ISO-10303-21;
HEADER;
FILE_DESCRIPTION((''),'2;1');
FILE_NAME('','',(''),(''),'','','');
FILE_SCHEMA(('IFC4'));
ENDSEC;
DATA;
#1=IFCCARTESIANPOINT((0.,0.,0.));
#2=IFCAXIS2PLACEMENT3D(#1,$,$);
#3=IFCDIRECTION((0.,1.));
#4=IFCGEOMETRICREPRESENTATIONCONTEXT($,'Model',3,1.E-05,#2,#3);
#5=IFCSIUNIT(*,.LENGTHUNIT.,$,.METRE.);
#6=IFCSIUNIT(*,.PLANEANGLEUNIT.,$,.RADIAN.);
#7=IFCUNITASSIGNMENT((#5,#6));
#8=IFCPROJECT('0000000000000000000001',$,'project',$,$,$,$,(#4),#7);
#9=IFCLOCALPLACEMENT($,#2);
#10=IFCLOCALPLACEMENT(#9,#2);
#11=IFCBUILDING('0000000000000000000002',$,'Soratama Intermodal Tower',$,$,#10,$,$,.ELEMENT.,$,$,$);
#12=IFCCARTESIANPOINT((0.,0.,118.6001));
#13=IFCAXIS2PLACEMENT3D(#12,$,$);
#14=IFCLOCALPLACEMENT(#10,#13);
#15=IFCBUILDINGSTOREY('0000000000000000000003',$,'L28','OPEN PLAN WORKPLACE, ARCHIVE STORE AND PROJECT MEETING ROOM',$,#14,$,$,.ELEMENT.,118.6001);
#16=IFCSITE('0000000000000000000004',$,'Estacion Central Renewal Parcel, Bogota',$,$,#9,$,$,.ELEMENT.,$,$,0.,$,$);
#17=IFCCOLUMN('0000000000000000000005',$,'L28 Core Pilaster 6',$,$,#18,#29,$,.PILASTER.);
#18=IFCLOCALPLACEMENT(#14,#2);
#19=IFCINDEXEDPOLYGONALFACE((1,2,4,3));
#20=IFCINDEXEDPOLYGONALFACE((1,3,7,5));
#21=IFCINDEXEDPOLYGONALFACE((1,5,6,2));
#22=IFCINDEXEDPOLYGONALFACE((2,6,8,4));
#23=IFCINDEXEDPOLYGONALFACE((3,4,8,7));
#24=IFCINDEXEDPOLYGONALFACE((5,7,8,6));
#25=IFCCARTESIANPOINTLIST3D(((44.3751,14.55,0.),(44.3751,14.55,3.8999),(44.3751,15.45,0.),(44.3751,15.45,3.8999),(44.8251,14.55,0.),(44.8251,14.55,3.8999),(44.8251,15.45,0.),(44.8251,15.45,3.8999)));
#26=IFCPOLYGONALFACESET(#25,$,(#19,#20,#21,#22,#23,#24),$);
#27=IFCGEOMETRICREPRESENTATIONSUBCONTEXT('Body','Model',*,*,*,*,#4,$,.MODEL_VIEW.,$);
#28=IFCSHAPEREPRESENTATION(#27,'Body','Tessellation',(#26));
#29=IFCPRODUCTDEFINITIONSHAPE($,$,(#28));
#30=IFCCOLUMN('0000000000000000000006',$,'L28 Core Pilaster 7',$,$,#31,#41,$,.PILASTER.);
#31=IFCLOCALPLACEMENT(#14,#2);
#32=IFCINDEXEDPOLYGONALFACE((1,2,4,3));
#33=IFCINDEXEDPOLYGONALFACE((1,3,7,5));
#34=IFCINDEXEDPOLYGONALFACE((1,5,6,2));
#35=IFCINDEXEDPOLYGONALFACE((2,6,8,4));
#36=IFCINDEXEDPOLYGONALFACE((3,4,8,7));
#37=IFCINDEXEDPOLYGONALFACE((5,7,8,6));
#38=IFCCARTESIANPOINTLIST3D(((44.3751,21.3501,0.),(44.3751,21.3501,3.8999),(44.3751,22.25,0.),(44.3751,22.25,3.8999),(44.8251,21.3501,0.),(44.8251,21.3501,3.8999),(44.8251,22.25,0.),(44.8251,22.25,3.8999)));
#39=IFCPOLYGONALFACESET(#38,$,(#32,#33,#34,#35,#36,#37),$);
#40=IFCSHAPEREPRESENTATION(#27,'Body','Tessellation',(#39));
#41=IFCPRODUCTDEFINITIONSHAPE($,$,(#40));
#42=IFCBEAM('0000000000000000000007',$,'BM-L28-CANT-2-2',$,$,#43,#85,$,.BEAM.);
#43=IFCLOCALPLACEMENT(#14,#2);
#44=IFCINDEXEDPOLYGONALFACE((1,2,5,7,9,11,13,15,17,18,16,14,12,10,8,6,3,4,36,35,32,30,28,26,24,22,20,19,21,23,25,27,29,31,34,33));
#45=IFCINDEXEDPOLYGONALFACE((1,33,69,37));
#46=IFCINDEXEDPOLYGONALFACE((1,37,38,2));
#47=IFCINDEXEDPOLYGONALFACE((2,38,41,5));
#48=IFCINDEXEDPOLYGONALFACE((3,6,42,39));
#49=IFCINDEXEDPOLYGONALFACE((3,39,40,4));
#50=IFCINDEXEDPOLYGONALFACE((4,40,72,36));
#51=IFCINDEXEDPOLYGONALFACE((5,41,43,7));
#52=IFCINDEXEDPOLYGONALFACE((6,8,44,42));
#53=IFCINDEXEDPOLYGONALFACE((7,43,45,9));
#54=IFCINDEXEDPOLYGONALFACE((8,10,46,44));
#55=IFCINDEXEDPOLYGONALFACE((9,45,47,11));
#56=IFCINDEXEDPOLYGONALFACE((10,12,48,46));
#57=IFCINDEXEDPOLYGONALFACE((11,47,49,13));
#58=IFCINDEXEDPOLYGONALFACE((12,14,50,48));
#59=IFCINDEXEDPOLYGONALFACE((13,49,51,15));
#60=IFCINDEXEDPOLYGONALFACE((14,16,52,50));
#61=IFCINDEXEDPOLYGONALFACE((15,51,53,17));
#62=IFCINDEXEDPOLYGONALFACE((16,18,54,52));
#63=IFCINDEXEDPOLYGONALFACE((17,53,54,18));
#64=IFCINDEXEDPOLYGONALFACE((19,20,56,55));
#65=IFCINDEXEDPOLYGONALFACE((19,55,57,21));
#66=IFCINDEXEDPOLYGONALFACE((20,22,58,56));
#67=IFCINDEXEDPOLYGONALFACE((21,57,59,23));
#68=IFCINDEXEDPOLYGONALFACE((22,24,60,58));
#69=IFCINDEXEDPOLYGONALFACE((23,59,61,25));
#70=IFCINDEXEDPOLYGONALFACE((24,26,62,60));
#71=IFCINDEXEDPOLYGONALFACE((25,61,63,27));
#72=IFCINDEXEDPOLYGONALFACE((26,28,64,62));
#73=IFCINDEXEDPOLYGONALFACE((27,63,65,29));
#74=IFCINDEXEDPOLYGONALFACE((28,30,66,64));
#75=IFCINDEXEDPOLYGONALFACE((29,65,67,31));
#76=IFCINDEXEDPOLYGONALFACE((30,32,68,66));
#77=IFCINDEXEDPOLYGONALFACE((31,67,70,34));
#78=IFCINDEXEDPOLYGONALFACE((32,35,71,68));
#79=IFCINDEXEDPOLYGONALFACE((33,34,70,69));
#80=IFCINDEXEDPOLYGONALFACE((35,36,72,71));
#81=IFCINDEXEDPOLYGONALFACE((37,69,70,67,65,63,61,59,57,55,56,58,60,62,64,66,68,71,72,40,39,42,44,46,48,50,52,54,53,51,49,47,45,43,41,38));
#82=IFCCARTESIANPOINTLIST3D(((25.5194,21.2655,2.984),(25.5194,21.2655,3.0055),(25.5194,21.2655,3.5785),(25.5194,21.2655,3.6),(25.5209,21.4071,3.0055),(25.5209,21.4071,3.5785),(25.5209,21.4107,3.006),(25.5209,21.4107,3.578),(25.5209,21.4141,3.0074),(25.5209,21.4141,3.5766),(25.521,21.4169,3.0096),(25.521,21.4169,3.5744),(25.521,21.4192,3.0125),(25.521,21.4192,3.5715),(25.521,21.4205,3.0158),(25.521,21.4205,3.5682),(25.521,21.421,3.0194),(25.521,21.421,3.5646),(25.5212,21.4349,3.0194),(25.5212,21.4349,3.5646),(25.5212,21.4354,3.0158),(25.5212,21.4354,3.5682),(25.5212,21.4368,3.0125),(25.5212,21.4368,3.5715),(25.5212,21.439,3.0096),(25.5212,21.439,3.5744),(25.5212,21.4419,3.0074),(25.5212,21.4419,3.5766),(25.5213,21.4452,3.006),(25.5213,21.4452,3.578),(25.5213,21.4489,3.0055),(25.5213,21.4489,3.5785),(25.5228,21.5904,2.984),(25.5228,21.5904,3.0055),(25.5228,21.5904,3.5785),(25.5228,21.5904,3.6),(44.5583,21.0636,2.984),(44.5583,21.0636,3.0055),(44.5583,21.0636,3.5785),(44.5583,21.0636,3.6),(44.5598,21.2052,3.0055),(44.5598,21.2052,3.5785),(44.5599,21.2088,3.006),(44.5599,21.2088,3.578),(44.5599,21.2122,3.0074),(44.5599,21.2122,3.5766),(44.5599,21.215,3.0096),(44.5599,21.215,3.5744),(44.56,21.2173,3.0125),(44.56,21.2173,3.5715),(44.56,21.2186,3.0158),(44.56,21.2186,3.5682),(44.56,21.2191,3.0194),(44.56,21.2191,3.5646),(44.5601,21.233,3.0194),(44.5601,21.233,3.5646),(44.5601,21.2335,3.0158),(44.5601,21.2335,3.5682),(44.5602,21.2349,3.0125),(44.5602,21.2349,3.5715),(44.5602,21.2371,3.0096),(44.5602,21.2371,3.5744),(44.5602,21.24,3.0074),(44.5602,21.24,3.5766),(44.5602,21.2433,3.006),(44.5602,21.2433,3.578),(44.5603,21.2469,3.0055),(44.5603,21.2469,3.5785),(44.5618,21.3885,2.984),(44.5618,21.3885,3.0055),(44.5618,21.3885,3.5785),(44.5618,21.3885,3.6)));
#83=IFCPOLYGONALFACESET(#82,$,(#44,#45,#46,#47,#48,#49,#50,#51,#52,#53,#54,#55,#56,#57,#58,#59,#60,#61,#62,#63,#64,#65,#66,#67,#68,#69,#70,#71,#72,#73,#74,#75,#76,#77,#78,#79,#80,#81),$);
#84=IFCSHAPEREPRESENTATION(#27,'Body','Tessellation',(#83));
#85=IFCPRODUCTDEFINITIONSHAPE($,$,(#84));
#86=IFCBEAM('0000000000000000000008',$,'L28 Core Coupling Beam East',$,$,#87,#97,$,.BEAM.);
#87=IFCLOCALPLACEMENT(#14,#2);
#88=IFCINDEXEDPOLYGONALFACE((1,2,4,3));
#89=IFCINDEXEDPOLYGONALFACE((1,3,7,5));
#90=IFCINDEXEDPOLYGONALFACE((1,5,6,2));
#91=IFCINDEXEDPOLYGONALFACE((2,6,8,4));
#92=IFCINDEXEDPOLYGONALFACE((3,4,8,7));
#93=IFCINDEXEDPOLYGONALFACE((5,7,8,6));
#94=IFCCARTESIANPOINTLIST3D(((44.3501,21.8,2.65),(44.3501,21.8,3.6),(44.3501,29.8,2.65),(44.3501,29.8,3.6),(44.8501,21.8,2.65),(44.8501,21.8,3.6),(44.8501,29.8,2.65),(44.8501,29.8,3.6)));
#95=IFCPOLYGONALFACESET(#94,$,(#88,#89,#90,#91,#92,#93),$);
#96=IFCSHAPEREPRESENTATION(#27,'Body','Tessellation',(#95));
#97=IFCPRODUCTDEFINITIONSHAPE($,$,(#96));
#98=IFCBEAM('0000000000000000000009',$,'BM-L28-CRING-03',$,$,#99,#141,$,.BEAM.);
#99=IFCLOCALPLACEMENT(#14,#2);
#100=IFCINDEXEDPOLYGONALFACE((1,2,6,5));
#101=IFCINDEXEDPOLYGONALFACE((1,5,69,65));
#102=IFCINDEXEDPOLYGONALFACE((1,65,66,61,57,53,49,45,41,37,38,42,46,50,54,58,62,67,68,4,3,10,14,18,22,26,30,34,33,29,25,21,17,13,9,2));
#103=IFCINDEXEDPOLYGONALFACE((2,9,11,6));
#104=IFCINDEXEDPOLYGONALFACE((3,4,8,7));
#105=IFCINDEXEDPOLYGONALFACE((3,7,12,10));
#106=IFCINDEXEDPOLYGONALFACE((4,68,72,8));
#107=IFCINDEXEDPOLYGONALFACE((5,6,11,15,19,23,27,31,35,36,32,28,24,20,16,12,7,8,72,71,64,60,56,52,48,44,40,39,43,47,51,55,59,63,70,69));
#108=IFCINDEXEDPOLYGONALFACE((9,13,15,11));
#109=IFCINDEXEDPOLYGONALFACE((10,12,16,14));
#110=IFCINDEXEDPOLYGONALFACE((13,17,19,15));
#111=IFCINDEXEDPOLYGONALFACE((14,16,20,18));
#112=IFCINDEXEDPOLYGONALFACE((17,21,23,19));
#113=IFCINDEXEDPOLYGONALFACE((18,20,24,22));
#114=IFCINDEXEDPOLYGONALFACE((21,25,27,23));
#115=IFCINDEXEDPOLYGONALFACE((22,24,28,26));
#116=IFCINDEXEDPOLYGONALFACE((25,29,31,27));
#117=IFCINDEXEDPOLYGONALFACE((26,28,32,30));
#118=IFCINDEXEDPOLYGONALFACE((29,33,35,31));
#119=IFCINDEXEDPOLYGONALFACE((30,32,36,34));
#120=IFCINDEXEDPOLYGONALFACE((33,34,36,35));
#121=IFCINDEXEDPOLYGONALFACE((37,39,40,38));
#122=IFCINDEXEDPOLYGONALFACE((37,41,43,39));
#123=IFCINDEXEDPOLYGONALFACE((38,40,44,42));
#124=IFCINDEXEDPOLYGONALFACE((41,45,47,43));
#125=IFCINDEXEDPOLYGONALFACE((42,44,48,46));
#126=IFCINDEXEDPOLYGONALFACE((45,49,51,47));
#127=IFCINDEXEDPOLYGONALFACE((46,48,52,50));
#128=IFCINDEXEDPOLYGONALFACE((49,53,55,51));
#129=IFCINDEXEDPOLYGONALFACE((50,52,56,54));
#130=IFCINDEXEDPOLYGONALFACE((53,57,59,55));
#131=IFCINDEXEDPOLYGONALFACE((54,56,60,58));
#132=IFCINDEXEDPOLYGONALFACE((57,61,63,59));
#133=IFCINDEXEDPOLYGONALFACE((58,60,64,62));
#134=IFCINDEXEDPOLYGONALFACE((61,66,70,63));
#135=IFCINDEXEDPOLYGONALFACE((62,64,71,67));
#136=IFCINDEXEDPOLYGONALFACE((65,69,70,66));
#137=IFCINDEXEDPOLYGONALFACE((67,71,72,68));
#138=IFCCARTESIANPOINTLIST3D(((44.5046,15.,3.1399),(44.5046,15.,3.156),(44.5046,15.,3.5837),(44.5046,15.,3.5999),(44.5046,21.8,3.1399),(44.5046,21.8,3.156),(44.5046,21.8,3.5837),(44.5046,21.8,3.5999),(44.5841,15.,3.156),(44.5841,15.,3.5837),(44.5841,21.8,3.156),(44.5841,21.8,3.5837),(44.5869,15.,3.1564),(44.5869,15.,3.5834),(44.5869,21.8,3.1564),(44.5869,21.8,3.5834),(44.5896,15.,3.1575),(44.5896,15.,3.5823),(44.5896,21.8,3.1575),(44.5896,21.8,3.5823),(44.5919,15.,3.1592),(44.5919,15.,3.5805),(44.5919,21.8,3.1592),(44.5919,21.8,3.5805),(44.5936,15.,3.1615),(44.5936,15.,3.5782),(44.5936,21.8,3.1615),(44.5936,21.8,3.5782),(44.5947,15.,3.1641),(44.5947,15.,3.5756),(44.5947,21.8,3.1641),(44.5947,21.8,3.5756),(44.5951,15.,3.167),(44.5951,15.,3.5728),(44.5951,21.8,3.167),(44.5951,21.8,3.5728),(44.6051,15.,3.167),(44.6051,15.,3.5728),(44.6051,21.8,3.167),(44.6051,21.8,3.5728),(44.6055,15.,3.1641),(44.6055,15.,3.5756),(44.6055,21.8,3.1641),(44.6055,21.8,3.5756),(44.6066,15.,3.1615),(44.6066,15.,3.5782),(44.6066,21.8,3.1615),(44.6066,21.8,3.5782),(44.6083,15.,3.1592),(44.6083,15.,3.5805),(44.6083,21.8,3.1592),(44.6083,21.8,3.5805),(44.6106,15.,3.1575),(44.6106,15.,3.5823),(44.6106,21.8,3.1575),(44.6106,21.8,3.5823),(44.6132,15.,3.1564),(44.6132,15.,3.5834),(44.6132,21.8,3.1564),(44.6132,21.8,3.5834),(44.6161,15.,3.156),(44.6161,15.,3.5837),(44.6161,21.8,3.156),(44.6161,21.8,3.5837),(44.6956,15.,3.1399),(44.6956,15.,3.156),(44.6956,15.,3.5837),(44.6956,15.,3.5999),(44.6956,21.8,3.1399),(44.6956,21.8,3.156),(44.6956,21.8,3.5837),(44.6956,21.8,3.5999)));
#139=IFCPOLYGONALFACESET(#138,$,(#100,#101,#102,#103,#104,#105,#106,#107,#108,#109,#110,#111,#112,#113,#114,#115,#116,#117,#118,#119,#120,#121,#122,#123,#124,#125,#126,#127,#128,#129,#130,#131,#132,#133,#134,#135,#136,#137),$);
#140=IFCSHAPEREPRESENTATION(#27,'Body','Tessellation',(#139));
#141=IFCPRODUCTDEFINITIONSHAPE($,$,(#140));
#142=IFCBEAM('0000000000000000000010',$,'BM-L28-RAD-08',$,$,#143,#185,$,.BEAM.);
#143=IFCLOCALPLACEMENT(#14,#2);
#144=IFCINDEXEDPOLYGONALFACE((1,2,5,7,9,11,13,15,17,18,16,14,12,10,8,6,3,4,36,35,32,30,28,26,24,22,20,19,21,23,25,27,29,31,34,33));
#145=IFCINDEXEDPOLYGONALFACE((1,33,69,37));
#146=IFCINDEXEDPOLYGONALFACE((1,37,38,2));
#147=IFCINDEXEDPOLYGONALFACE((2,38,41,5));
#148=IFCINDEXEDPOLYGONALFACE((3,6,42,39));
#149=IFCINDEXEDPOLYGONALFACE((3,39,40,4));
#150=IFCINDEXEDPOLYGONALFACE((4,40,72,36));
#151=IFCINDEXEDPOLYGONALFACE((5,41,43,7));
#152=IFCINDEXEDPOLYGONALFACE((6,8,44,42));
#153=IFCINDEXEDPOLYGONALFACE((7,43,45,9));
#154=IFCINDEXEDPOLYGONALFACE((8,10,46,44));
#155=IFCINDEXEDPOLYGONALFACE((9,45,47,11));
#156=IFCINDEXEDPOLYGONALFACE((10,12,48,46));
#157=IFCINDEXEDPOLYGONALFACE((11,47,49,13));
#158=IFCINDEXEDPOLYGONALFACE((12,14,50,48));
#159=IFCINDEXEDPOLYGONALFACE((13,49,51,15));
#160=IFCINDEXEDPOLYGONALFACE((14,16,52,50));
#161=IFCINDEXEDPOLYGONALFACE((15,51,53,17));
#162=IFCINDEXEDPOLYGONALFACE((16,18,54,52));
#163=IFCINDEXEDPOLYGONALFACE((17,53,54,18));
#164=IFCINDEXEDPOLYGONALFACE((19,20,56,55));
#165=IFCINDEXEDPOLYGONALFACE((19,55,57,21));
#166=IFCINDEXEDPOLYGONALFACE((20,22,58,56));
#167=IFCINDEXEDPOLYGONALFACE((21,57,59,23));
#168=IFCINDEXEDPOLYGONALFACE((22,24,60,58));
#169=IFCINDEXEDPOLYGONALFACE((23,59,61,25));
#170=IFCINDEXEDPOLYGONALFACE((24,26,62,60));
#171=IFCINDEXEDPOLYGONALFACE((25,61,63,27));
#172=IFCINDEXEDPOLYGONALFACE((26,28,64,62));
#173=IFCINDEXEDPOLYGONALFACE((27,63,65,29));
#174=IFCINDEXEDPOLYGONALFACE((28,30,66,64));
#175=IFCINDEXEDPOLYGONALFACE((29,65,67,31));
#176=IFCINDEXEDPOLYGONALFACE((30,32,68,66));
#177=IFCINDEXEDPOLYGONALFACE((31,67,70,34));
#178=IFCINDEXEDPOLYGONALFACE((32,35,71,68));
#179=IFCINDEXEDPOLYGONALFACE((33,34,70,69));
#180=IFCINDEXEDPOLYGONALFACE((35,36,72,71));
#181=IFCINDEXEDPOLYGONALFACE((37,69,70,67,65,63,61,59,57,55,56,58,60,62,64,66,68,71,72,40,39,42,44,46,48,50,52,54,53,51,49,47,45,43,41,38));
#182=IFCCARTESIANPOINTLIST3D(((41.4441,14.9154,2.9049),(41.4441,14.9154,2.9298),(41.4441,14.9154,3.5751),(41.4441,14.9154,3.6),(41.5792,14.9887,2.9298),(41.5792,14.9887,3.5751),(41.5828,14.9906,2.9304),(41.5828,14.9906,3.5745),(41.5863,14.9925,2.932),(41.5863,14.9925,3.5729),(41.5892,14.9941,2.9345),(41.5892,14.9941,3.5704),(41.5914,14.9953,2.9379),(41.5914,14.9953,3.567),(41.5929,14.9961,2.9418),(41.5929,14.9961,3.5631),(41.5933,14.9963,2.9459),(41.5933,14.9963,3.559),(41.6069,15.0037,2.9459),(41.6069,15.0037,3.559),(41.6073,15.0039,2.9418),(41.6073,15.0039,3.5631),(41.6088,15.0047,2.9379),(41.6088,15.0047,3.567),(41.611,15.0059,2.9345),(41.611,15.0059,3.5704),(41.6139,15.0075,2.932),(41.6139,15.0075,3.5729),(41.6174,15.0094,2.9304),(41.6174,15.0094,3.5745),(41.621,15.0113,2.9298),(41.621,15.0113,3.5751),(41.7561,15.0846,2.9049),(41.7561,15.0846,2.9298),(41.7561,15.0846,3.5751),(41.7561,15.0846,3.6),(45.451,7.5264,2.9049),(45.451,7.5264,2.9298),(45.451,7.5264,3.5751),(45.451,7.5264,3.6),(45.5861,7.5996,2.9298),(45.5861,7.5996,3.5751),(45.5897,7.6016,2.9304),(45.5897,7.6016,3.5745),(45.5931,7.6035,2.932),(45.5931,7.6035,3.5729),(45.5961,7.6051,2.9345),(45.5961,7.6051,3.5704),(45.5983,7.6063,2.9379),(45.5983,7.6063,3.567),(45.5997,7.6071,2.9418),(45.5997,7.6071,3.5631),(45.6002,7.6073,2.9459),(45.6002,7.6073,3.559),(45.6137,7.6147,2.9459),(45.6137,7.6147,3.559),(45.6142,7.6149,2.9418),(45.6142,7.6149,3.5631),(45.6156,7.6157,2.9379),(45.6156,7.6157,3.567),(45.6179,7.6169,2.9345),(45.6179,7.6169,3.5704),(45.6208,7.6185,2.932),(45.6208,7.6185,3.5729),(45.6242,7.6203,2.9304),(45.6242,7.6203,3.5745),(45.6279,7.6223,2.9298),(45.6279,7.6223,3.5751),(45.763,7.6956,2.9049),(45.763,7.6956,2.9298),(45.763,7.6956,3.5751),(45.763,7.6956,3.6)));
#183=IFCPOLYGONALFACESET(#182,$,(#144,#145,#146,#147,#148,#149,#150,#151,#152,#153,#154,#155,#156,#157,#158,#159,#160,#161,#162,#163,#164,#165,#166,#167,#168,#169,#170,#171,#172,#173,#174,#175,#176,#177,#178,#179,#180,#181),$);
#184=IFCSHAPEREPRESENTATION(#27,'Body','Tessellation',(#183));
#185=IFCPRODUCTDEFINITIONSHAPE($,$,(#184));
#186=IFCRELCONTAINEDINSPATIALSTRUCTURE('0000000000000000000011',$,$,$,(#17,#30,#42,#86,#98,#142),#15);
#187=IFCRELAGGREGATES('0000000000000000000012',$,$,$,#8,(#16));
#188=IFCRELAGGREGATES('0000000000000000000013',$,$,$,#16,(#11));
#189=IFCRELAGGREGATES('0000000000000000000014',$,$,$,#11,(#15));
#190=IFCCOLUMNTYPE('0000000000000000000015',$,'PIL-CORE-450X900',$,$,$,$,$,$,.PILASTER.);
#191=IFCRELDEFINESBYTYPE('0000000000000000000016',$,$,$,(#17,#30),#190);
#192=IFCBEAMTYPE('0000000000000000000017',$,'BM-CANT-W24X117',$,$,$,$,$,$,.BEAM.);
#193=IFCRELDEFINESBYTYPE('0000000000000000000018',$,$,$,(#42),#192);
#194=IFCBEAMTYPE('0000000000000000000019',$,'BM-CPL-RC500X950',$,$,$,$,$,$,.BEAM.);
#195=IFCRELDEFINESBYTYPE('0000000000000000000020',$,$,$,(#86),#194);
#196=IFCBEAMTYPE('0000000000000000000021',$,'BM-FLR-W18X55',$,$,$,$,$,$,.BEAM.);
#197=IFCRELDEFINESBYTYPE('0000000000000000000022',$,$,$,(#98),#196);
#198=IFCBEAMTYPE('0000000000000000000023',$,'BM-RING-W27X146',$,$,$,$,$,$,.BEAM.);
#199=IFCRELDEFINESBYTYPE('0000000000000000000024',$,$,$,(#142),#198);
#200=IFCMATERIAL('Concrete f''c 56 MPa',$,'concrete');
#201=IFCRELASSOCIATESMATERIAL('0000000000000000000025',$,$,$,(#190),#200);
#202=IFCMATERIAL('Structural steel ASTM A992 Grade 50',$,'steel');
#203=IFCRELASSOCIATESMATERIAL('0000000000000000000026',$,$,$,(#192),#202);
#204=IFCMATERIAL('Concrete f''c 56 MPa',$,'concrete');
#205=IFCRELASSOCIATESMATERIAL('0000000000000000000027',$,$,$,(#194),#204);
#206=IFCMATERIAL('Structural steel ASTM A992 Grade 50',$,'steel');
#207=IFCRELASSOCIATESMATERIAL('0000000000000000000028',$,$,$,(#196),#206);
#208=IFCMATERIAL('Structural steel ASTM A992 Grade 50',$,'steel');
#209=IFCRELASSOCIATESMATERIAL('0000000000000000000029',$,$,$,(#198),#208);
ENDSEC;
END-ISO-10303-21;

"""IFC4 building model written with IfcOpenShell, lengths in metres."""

from ifc_helpers import new_model, si_unit, direction, frame, origin, origin_2d, place, context, subcontext, project, spatial, rectangle, i_section, extrude, material, material_profile, profile_set, type_object, element, save


model = new_model("IFC4")

# Units and contexts
model_context = context("Model", 3, precision=1e-05, world=origin(), true_north=direction((0.0, 1.0)))
body_context = subcontext(model_context, "Body", "Model", "MODEL_VIEW")
ifc_project = project(units=[si_unit("LENGTHUNIT", "METRE"), si_unit("PLANEANGLEUNIT", "RADIAN")], contexts=[model_context])

# Site, building, storey
site_placement = place(None, origin())
site = spatial("IfcSite", under=ifc_project, at=site_placement, Name="Estacion Central Renewal Parcel, Bogota", CompositionType="ELEMENT", RefElevation=0.0)
building_placement = place(site_placement, origin())
building = spatial("IfcBuilding", under=site, at=building_placement, Name="Soratama Intermodal Tower", CompositionType="ELEMENT")
storey_placement = place(building_placement, frame((0.0, 0.0, 118.6001)))
storey = spatial("IfcBuildingStorey", under=building, at=storey_placement, Name="L28", Description="OPEN PLAN WORKPLACE, ARCHIVE STORE AND PROJECT MEETING ROOM", CompositionType="ELEMENT", Elevation=118.6001)

# Columns
ifc_material_1 = material(Name="Concrete f'c 56 MPa", Category="concrete")
ifc_material_profile_1 = material_profile(ifc_material_1, rectangle(XDim=0.45, YDim=0.8999, at=origin_2d()), Name="RC450X900")
ifc_profile_set_1 = profile_set([ifc_material_profile_1], Name="Concrete f'c 56 MPa")
column_type = type_object("IfcColumnType", Name="PIL-CORE-450X900", PredefinedType="PILASTER", material=ifc_profile_set_1)
for number, where, z_axis, x_axis, name in (
    (1, (44.6001, 15.0, 0.0), (0.0, 0.0, 1.0), (1.0, 0.0, 0.0), "L28 Core Pilaster 6"),
    (2, (44.6001, 21.8, 0.0), (0.0, 0.0, 1.0), (1.0, 0.0, 0.0), "L28 Core Pilaster 7"),
):
    element("IfcColumn", number, at=place(storey_placement, frame(where, z_axis=z_axis, x_axis=x_axis)), inside=storey, type_object=column_type, Name=name, PredefinedType="PILASTER", context=body_context, shape_type="SweptSolid", body=[
        extrude(rectangle(XDim=0.45, YDim=0.8999, at=origin_2d()), origin(), (0.0, 0.0, 1.0), 3.8999),
    ])

# Beams
ifc_material_2 = material(Name="Structural steel ASTM A992 Grade 50", Category="steel")
ifc_material_profile_2 = material_profile(ifc_material_2, i_section(OverallWidth=0.325, OverallDepth=0.616, WebThickness=0.0139, FlangeThickness=0.0215, FilletRadius=0.0139, at=origin_2d()), Name="W24X117")
ifc_profile_set_2 = profile_set([ifc_material_profile_2], Name="Structural steel ASTM A992 Grade 50")
beam_type_1 = type_object("IfcBeamType", Name="BM-CANT-W24X117", PredefinedType="BEAM", material=ifc_profile_set_2)
beam_1_placement = place(storey_placement, frame((44.5601, 21.2261, 3.292), z_axis=(-0.999944, 0.010604, 0.0), x_axis=(-0.010604, -0.999944, 0.0)))
element("IfcBeam", 3, at=beam_1_placement, inside=storey, type_object=beam_type_1, Name="BM-L28-CANT-2-2", PredefinedType="BEAM", context=body_context, shape_type="SweptSolid", body=[
    extrude(i_section(OverallWidth=0.325, OverallDepth=0.616, WebThickness=0.0139, FlangeThickness=0.0215, FilletRadius=0.0139, at=origin_2d()), origin(), (0.0, 0.0, 1.0), 19.04),
])
ifc_material_3 = material(Name="Concrete f'c 56 MPa", Category="concrete")
ifc_material_profile_3 = material_profile(ifc_material_3, rectangle(XDim=0.5, YDim=0.95, at=origin_2d()), Name="RC500X950")
ifc_profile_set_3 = profile_set([ifc_material_profile_3], Name="Concrete f'c 56 MPa")
beam_type_2 = type_object("IfcBeamType", Name="BM-CPL-RC500X950", PredefinedType="BEAM", material=ifc_profile_set_3)
beam_2_placement = place(storey_placement, frame((44.6001, 21.8, 3.125), z_axis=(0.0, 1.0, 0.0), x_axis=(-1.0, 0.0, 0.0)))
element("IfcBeam", 4, at=beam_2_placement, inside=storey, type_object=beam_type_2, Name="L28 Core Coupling Beam East", PredefinedType="BEAM", context=body_context, shape_type="SweptSolid", body=[
    extrude(rectangle(XDim=0.5, YDim=0.95, at=origin_2d()), origin(), (0.0, 0.0, 1.0), 8.0),
])
ifc_material_4 = material(Name="Structural steel ASTM A992 Grade 50", Category="steel")
ifc_material_profile_4 = material_profile(ifc_material_4, i_section(OverallWidth=0.1909, OverallDepth=0.46, WebThickness=0.01, FlangeThickness=0.0161, FilletRadius=0.011, at=origin_2d()), Name="W18X55")
ifc_profile_set_4 = profile_set([ifc_material_profile_4], Name="Structural steel ASTM A992 Grade 50")
beam_type_3 = type_object("IfcBeamType", Name="BM-FLR-W18X55", PredefinedType="BEAM", material=ifc_profile_set_4)
beam_3_placement = place(storey_placement, frame((44.6001, 15.0, 3.3699), z_axis=(0.0, 1.0, 0.0), x_axis=(-1.0, 0.0, 0.0)))
element("IfcBeam", 5, at=beam_3_placement, inside=storey, type_object=beam_type_3, Name="BM-L28-CRING-03", PredefinedType="BEAM", context=body_context, shape_type="SweptSolid", body=[
    extrude(i_section(OverallWidth=0.1909, OverallDepth=0.46, WebThickness=0.01, FlangeThickness=0.0161, FilletRadius=0.011, at=origin_2d()), origin(), (0.0, 0.0, 1.0), 6.8),
])
ifc_material_5 = material(Name="Structural steel ASTM A992 Grade 50", Category="steel")
ifc_material_profile_5 = material_profile(ifc_material_5, i_section(OverallWidth=0.355, OverallDepth=0.6951, WebThickness=0.0154, FlangeThickness=0.0249, FilletRadius=0.0161, at=origin_2d()), Name="W27X146")
ifc_profile_set_5 = profile_set([ifc_material_profile_5], Name="Structural steel ASTM A992 Grade 50")
beam_type_4 = type_object("IfcBeamType", Name="BM-RING-W27X146", PredefinedType="BEAM", material=ifc_profile_set_5)
beam_4_placement = place(storey_placement, frame((41.6001, 15.0, 3.2524), z_axis=(0.476698, -0.879067, 0.0), x_axis=(0.879067, 0.476698, 0.0)))
element("IfcBeam", 6, at=beam_4_placement, inside=storey, type_object=beam_type_4, Name="BM-L28-RAD-08", PredefinedType="BEAM", context=body_context, shape_type="SweptSolid", body=[
    extrude(i_section(OverallWidth=0.355, OverallDepth=0.6951, WebThickness=0.0154, FlangeThickness=0.0249, FilletRadius=0.0161, at=origin_2d()), origin(), (0.0, 0.0, 1.0), 8.4055),
])

save(model, "model.ifc")
